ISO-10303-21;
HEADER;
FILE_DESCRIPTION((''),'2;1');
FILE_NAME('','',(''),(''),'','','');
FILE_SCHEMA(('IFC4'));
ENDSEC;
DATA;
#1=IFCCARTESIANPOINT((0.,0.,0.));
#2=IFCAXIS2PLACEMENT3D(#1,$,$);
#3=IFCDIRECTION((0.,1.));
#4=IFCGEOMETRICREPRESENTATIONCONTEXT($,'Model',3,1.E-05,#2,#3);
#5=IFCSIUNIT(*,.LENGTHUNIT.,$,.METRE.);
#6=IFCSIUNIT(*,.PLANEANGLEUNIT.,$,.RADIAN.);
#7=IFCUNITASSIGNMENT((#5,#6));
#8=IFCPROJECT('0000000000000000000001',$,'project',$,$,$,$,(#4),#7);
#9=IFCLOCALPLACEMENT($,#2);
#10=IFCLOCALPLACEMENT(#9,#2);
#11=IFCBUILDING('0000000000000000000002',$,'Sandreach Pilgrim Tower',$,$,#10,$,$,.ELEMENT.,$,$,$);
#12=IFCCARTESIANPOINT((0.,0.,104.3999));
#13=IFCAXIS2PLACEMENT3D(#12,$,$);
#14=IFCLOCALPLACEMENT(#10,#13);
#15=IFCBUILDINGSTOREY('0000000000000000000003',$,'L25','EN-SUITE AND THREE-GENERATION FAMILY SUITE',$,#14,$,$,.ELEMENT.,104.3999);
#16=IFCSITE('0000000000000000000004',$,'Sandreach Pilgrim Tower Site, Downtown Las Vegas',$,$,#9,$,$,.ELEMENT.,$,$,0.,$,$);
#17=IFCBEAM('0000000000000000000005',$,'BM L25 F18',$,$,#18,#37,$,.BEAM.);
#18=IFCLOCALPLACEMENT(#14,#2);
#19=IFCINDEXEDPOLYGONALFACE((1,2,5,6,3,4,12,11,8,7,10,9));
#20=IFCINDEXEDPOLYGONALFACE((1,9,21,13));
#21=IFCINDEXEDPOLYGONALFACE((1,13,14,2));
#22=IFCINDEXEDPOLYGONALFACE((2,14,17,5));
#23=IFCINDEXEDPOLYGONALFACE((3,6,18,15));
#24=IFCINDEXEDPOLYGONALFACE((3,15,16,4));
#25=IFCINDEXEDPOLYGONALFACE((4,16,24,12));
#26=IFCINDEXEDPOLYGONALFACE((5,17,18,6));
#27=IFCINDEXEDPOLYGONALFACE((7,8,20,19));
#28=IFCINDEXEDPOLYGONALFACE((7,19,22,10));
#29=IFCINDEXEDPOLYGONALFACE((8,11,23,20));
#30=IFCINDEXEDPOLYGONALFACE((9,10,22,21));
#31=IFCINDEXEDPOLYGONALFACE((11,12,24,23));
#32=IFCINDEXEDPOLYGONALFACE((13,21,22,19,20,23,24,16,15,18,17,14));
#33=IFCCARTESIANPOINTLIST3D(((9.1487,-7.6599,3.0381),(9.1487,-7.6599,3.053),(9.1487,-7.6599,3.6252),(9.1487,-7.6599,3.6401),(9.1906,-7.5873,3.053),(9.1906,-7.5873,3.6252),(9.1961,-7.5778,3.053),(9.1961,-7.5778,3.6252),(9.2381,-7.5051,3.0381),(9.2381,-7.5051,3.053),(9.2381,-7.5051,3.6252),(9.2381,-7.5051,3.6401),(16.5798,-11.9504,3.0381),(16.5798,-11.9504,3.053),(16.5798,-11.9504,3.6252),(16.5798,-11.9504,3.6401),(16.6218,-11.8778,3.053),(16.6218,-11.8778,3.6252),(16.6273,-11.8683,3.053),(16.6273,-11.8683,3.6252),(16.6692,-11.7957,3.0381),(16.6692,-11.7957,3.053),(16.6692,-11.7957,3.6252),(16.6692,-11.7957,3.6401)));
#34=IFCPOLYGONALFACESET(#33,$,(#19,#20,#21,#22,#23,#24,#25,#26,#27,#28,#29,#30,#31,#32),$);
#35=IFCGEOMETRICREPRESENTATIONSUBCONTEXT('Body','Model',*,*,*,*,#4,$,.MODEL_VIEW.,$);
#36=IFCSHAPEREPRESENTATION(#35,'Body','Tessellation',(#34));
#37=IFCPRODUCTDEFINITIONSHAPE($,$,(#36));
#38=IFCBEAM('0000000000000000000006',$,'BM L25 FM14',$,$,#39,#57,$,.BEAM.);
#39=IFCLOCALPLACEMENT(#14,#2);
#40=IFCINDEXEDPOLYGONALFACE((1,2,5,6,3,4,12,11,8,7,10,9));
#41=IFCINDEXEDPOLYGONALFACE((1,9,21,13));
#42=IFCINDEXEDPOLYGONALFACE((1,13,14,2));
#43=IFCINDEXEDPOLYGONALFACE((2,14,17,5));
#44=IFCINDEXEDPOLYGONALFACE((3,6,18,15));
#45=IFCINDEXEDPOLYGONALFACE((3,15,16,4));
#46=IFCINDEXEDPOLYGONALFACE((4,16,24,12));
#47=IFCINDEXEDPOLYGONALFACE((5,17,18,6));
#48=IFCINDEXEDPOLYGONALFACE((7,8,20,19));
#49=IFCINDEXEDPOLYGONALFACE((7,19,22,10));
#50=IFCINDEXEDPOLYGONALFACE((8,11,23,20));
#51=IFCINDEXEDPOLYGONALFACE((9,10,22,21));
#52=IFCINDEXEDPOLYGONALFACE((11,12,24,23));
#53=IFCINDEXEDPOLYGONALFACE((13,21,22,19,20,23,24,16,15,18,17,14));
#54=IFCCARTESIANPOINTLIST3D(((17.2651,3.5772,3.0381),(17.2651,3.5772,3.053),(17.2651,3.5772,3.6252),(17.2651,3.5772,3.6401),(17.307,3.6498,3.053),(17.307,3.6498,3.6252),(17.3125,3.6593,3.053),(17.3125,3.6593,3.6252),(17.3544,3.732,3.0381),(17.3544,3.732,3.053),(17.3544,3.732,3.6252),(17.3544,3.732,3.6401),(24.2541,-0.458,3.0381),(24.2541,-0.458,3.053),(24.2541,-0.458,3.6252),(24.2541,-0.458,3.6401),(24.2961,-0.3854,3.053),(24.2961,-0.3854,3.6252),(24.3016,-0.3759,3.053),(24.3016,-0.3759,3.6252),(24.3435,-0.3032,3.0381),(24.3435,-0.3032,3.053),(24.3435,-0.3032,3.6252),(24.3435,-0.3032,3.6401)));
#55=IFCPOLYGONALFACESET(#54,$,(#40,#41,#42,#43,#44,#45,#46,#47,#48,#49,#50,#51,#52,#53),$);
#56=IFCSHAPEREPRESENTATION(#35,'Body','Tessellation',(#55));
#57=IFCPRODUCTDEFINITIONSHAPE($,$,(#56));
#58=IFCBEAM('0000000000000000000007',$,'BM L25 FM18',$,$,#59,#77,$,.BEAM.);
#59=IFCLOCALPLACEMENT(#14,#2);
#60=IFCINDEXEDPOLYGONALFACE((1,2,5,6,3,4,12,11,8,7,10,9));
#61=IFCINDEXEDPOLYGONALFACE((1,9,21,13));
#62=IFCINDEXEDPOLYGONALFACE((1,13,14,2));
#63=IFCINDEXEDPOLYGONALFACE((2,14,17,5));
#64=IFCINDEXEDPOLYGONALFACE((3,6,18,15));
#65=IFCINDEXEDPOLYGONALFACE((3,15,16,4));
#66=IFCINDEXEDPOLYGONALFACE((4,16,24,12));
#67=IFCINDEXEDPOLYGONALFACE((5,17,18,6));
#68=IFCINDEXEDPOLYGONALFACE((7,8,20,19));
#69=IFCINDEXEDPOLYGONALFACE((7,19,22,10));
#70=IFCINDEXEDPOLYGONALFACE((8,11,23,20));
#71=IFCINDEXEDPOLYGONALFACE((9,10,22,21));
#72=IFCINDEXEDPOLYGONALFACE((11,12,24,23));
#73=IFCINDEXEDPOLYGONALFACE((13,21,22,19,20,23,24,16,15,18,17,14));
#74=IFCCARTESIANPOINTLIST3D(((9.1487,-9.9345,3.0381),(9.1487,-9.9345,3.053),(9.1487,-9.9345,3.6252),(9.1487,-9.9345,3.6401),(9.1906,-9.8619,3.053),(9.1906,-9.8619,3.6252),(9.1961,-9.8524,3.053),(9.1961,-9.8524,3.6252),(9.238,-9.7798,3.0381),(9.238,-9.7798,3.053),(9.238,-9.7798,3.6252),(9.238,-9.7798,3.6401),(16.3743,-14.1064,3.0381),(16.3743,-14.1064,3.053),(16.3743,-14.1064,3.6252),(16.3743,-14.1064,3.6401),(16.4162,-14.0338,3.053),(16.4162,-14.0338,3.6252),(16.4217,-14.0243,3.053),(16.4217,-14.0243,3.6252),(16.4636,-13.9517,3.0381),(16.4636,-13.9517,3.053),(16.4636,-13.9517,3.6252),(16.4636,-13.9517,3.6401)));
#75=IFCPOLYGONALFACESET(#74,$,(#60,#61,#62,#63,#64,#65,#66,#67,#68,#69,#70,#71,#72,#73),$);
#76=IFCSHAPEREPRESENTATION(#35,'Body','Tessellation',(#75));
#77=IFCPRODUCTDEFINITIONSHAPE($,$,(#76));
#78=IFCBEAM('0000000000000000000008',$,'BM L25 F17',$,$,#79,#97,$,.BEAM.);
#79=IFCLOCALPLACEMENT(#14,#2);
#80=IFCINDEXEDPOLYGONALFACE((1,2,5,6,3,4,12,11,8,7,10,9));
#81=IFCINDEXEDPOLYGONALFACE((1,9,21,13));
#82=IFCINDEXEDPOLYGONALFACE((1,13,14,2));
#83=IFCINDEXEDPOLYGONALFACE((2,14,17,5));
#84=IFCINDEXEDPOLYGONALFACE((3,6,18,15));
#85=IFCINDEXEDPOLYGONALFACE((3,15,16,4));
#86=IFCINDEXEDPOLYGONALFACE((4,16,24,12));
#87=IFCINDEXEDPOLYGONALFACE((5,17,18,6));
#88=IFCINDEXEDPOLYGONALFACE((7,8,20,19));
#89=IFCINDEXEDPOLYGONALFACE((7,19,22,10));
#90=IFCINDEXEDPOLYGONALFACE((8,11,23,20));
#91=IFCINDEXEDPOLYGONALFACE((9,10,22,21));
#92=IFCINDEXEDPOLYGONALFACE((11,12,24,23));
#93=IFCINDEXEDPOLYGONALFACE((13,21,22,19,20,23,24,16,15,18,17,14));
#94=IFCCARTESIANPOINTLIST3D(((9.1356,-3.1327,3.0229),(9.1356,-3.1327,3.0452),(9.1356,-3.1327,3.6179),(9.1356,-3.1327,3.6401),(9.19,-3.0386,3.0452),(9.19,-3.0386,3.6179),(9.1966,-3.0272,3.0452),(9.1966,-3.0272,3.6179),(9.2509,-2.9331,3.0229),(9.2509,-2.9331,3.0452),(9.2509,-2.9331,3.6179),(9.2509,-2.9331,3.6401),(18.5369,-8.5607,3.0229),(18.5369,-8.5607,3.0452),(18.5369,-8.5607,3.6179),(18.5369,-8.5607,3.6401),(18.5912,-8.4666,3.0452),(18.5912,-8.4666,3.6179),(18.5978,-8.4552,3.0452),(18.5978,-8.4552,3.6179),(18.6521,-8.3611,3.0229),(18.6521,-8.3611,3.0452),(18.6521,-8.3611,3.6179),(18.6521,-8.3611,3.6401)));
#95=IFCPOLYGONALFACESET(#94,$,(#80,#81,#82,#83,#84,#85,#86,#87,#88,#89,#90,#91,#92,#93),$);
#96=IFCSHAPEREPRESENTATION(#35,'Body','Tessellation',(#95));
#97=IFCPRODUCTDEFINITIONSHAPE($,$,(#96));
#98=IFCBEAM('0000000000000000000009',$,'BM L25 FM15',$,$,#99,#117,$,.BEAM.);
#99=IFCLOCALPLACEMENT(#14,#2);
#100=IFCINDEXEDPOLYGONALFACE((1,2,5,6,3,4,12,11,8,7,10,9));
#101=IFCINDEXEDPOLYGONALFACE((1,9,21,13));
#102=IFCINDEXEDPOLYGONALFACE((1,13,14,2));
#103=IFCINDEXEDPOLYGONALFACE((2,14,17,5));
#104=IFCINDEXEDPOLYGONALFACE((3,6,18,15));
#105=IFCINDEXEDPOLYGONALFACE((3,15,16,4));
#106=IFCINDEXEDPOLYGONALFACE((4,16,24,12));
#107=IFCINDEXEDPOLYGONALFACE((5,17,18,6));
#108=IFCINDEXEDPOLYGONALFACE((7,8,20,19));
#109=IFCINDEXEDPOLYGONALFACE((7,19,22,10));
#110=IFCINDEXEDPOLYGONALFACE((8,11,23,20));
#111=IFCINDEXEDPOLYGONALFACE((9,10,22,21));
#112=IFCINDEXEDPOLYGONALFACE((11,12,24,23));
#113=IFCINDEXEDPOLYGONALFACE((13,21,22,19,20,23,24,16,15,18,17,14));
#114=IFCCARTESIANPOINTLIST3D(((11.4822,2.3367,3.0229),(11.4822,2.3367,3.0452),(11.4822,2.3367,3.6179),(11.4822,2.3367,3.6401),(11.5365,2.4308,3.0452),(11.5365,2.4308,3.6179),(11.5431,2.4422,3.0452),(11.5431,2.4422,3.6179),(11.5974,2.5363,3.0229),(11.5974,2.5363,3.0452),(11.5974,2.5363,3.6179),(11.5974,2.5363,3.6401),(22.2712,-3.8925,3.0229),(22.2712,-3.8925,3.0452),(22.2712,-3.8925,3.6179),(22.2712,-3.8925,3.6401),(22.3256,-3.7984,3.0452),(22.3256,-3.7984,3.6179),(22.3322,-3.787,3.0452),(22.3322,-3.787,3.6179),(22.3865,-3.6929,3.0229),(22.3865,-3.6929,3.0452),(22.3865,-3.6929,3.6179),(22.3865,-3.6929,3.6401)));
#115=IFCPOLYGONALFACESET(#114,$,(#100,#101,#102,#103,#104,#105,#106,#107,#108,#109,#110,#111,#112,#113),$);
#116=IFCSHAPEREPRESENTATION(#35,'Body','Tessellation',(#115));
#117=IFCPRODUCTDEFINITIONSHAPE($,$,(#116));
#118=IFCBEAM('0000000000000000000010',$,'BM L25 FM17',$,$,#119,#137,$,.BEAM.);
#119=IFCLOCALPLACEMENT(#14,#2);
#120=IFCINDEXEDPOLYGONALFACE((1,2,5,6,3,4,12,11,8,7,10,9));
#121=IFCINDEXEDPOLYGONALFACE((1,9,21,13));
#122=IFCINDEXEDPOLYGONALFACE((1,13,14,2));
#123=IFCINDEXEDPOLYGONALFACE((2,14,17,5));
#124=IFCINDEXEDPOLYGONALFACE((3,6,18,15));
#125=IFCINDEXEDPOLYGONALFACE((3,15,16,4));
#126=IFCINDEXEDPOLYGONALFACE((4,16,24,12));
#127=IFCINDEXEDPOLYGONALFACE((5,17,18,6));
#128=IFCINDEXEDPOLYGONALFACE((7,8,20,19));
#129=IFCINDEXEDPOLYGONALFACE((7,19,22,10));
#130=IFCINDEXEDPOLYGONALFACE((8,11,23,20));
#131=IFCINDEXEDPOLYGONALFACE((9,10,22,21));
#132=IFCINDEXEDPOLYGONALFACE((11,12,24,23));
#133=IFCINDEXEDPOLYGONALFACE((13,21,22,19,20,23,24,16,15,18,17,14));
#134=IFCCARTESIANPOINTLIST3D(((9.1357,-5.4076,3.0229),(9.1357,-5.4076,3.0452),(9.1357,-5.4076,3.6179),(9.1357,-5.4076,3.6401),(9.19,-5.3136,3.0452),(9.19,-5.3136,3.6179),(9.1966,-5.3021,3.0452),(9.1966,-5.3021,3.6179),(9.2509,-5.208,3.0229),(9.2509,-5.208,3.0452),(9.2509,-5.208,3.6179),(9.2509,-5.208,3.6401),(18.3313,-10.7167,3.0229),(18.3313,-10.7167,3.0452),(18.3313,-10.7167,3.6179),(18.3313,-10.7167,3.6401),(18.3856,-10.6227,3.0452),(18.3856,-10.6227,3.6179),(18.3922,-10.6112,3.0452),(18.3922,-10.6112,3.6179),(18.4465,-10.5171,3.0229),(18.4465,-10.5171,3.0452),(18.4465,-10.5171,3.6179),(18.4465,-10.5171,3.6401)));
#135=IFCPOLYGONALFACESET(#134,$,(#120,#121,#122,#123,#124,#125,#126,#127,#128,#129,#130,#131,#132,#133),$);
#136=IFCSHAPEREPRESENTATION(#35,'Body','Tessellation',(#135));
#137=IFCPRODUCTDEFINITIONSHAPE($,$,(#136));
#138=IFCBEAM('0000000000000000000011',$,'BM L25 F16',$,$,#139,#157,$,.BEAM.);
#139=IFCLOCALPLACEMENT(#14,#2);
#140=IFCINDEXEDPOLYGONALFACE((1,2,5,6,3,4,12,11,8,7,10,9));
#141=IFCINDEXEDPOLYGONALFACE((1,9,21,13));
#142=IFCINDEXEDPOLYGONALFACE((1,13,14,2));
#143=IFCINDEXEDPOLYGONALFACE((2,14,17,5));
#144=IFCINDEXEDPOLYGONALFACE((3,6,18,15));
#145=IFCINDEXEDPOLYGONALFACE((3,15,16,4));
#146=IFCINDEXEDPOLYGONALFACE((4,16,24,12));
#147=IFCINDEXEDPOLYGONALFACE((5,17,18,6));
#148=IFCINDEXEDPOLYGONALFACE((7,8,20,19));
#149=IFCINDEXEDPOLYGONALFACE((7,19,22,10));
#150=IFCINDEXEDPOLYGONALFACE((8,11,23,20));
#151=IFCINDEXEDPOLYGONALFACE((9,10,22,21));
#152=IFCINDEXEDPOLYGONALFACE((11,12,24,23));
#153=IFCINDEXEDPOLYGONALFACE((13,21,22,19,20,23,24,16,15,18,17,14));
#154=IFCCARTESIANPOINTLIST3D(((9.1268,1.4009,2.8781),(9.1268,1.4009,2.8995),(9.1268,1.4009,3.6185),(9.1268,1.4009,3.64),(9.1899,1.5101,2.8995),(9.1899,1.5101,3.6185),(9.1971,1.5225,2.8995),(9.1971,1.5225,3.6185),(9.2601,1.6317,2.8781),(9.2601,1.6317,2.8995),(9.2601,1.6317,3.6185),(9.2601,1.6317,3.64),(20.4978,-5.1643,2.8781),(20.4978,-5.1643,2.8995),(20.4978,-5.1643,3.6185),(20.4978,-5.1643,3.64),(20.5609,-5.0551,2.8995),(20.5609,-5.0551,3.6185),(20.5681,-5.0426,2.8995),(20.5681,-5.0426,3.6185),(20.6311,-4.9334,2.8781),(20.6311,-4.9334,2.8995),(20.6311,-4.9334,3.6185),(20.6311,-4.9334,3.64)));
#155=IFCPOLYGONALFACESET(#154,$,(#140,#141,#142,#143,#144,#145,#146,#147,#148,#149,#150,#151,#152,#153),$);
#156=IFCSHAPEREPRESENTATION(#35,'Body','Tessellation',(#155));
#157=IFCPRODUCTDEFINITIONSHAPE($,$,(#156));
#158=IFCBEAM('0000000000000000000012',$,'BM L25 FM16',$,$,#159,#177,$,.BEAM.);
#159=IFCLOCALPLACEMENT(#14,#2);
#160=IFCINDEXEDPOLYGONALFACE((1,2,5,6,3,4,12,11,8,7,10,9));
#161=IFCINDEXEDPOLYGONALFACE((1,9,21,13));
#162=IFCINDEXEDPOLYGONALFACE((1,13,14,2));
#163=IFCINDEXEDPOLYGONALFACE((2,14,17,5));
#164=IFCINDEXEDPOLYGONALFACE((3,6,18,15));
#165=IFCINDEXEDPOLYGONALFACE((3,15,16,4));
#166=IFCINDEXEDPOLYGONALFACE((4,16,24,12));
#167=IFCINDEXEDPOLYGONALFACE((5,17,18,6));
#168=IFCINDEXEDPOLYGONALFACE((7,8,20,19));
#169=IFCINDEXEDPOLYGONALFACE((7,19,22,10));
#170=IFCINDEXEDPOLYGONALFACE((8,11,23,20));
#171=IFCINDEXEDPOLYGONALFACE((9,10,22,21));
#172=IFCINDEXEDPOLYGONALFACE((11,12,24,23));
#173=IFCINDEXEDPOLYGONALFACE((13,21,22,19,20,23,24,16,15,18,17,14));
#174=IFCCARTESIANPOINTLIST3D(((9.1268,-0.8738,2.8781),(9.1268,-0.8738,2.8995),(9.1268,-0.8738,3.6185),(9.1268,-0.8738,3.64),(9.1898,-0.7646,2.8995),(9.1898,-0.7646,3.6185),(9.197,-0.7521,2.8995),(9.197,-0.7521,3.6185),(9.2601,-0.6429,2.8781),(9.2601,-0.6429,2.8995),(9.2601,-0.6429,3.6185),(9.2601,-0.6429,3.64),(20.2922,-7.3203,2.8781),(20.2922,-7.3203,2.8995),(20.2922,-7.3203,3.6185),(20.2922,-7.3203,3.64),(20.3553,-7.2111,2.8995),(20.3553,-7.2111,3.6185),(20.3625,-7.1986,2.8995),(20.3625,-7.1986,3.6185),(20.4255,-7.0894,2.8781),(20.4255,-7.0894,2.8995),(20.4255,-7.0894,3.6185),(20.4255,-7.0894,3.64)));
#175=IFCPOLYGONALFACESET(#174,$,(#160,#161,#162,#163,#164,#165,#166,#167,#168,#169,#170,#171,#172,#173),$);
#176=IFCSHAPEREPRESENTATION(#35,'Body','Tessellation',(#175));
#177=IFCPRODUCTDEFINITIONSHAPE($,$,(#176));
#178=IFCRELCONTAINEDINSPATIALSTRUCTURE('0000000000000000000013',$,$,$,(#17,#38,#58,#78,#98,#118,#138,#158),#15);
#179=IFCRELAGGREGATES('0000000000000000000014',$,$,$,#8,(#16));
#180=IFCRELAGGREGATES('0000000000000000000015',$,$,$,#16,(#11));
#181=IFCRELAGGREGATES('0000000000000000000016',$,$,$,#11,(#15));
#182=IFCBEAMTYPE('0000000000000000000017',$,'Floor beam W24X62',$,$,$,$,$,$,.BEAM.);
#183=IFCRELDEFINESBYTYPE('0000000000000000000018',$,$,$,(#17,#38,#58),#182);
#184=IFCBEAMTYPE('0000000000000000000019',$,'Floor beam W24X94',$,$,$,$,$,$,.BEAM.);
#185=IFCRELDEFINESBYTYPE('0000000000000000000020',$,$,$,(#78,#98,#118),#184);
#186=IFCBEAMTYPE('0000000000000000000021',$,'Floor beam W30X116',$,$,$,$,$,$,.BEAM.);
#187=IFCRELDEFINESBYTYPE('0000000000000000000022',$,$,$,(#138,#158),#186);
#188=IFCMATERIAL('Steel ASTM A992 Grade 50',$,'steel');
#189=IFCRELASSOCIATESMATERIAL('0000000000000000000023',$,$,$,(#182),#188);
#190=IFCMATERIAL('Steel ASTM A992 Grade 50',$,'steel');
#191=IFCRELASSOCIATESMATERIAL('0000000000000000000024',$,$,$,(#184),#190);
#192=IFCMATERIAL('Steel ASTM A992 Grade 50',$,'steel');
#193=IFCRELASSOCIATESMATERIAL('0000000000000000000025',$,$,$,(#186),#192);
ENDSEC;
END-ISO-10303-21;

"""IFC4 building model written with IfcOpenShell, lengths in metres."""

from ifc_helpers import new_model, si_unit, direction, frame, origin, origin_2d, place, context, subcontext, project, spatial, i_section, extrude, material, material_profile, profile_set, type_object, element, save


model = new_model("IFC4")

# Units and contexts
model_context = context("Model", 3, precision=1e-05, world=origin(), true_north=direction((0.0, 1.0)))
body_context = subcontext(model_context, "Body", "Model", "MODEL_VIEW")
ifc_project = project(units=[si_unit("LENGTHUNIT", "METRE"), si_unit("PLANEANGLEUNIT", "RADIAN")], contexts=[model_context])

# Site, building, storey
site_placement = place(None, origin())
site = spatial("IfcSite", under=ifc_project, at=site_placement, Name="Sandreach Pilgrim Tower Site, Downtown Las Vegas", CompositionType="ELEMENT", RefElevation=0.0)
building_placement = place(site_placement, origin())
building = spatial("IfcBuilding", under=site, at=building_placement, Name="Sandreach Pilgrim Tower", CompositionType="ELEMENT")
storey_placement = place(building_placement, frame((0.0, 0.0, 104.3999)))
storey = spatial("IfcBuildingStorey", under=building, at=storey_placement, Name="L25", Description="EN-SUITE AND THREE-GENERATION FAMILY SUITE", CompositionType="ELEMENT", Elevation=104.3999)

# Beams
ifc_material_1 = material(Name="Steel ASTM A992 Grade 50", Category="steel")
ifc_material_profile_1 = material_profile(ifc_material_1, i_section(OverallWidth=0.1787, OverallDepth=0.6021, WebThickness=0.011, FlangeThickness=0.0149, at=origin_2d()), Name="W24X62")
ifc_profile_set_1 = profile_set([ifc_material_profile_1], Name="Steel ASTM A992 Grade 50")
beam_type_1 = type_object("IfcBeamType", Name="Floor beam W24X62", PredefinedType="BEAM", material=ifc_profile_set_1)
beam_1_placement = place(storey_placement, frame((16.6245, -11.873, 3.3391), z_axis=(-0.866018, 0.500013, 0.0), x_axis=(-0.500013, -0.866018, 0.0)))
element("IfcBeam", 1, at=beam_1_placement, inside=storey, type_object=beam_type_1, Name="BM L25 F18", PredefinedType="BEAM", context=body_context, shape_type="SweptSolid", body=[
    extrude(i_section(OverallWidth=0.1787, OverallDepth=0.6021, WebThickness=0.011, FlangeThickness=0.0149, at=origin_2d()), origin(), (0.0, 0.0, 1.0), 8.5808),
])
beam_2_placement = place(storey_placement, frame((24.2988, -0.3806, 3.3391), z_axis=(-0.866023, 0.500004, 0.0), x_axis=(-0.500004, -0.866023, 0.0)))
element("IfcBeam", 2, at=beam_2_placement, inside=storey, type_object=beam_type_1, Name="BM L25 FM14", PredefinedType="BEAM", context=body_context, shape_type="SweptSolid", body=[
    extrude(i_section(OverallWidth=0.1787, OverallDepth=0.6021, WebThickness=0.011, FlangeThickness=0.0149, at=origin_2d()), origin(), (0.0, 0.0, 1.0), 8.0703),
])
beam_3_placement = place(storey_placement, frame((16.4189, -14.0291, 3.3391), z_axis=(-0.866016, 0.500016, 0.0), x_axis=(-0.500016, -0.866016, 0.0)))
element("IfcBeam", 3, at=beam_3_placement, inside=storey, type_object=beam_type_1, Name="BM L25 FM18", PredefinedType="BEAM", context=body_context, shape_type="SweptSolid", body=[
    extrude(i_section(OverallWidth=0.1787, OverallDepth=0.6021, WebThickness=0.011, FlangeThickness=0.0149, at=origin_2d()), origin(), (0.0, 0.0, 1.0), 8.3435),
])
ifc_material_2 = material(Name="Steel ASTM A992 Grade 50", Category="steel")
ifc_material_profile_2 = material_profile(ifc_material_2, i_section(OverallWidth=0.2305, OverallDepth=0.6172, WebThickness=0.0132, FlangeThickness=0.0222, at=origin_2d()), Name="W24X94")
ifc_profile_set_2 = profile_set([ifc_material_profile_2], Name="Steel ASTM A992 Grade 50")
beam_type_2 = type_object("IfcBeamType", Name="Floor beam W24X94", PredefinedType="BEAM", material=ifc_profile_set_2)
beam_4_placement = place(storey_placement, frame((18.5945, -8.4609, 3.3315), z_axis=(-0.866016, 0.500016, 0.0), x_axis=(-0.500016, -0.866016, 0.0)))
element("IfcBeam", 4, at=beam_4_placement, inside=storey, type_object=beam_type_2, Name="BM L25 F17", PredefinedType="BEAM", context=body_context, shape_type="SweptSolid", body=[
    extrude(i_section(OverallWidth=0.2305, OverallDepth=0.6172, WebThickness=0.0132, FlangeThickness=0.0222, at=origin_2d()), origin(), (0.0, 0.0, 1.0), 10.8557),
])
beam_5_placement = place(storey_placement, frame((22.3289, -3.7927, 3.3315), z_axis=(-0.866019, 0.500011, 0.0), x_axis=(-0.500011, -0.866019, 0.0)))
element("IfcBeam", 5, at=beam_5_placement, inside=storey, type_object=beam_type_2, Name="BM L25 FM15", PredefinedType="BEAM", context=body_context, shape_type="SweptSolid", body=[
    extrude(i_section(OverallWidth=0.2305, OverallDepth=0.6172, WebThickness=0.0132, FlangeThickness=0.0222, at=origin_2d()), origin(), (0.0, 0.0, 1.0), 12.4583),
])
beam_6_placement = place(storey_placement, frame((18.3889, -10.6169, 3.3315), z_axis=(-0.866024, 0.500002, 0.0), x_axis=(-0.500002, -0.866024, 0.0)))
element("IfcBeam", 6, at=beam_6_placement, inside=storey, type_object=beam_type_2, Name="BM L25 FM17", PredefinedType="BEAM", context=body_context, shape_type="SweptSolid", body=[
    extrude(i_section(OverallWidth=0.2305, OverallDepth=0.6172, WebThickness=0.0132, FlangeThickness=0.0222, at=origin_2d()), origin(), (0.0, 0.0, 1.0), 10.6182),
])
ifc_material_3 = material(Name="Steel ASTM A992 Grade 50", Category="steel")
ifc_material_profile_3 = material_profile(ifc_material_3, i_section(OverallWidth=0.2666, OverallDepth=0.762, WebThickness=0.0144, FlangeThickness=0.0215, at=origin_2d()), Name="W30X116")
ifc_profile_set_3 = profile_set([ifc_material_profile_3], Name="Steel ASTM A992 Grade 50")
beam_type_3 = type_object("IfcBeamType", Name="Floor beam W30X116", PredefinedType="BEAM", material=ifc_profile_set_3)
beam_7_placement = place(storey_placement, frame((20.5645, -5.0488, 3.259), z_axis=(-0.866023, 0.500005, 0.0), x_axis=(-0.500005, -0.866023, 0.0)))
element("IfcBeam", 7, at=beam_7_placement, inside=storey, type_object=beam_type_3, Name="BM L25 F16", PredefinedType="BEAM", context=body_context, shape_type="SweptSolid", body=[
    extrude(i_section(OverallWidth=0.2666, OverallDepth=0.762, WebThickness=0.0144, FlangeThickness=0.0215, at=origin_2d()), origin(), (0.0, 0.0, 1.0), 13.1301),
])
beam_8_placement = place(storey_placement, frame((20.3589, -7.2048, 3.259), z_axis=(-0.866022, 0.500007, 0.0), x_axis=(-0.500007, -0.866022, 0.0)))
element("IfcBeam", 8, at=beam_8_placement, inside=storey, type_object=beam_type_3, Name="BM L25 FM16", PredefinedType="BEAM", context=body_context, shape_type="SweptSolid", body=[
    extrude(i_section(OverallWidth=0.2666, OverallDepth=0.762, WebThickness=0.0144, FlangeThickness=0.0215, at=origin_2d()), origin(), (0.0, 0.0, 1.0), 12.8928),
])

save(model, "model.ifc")
